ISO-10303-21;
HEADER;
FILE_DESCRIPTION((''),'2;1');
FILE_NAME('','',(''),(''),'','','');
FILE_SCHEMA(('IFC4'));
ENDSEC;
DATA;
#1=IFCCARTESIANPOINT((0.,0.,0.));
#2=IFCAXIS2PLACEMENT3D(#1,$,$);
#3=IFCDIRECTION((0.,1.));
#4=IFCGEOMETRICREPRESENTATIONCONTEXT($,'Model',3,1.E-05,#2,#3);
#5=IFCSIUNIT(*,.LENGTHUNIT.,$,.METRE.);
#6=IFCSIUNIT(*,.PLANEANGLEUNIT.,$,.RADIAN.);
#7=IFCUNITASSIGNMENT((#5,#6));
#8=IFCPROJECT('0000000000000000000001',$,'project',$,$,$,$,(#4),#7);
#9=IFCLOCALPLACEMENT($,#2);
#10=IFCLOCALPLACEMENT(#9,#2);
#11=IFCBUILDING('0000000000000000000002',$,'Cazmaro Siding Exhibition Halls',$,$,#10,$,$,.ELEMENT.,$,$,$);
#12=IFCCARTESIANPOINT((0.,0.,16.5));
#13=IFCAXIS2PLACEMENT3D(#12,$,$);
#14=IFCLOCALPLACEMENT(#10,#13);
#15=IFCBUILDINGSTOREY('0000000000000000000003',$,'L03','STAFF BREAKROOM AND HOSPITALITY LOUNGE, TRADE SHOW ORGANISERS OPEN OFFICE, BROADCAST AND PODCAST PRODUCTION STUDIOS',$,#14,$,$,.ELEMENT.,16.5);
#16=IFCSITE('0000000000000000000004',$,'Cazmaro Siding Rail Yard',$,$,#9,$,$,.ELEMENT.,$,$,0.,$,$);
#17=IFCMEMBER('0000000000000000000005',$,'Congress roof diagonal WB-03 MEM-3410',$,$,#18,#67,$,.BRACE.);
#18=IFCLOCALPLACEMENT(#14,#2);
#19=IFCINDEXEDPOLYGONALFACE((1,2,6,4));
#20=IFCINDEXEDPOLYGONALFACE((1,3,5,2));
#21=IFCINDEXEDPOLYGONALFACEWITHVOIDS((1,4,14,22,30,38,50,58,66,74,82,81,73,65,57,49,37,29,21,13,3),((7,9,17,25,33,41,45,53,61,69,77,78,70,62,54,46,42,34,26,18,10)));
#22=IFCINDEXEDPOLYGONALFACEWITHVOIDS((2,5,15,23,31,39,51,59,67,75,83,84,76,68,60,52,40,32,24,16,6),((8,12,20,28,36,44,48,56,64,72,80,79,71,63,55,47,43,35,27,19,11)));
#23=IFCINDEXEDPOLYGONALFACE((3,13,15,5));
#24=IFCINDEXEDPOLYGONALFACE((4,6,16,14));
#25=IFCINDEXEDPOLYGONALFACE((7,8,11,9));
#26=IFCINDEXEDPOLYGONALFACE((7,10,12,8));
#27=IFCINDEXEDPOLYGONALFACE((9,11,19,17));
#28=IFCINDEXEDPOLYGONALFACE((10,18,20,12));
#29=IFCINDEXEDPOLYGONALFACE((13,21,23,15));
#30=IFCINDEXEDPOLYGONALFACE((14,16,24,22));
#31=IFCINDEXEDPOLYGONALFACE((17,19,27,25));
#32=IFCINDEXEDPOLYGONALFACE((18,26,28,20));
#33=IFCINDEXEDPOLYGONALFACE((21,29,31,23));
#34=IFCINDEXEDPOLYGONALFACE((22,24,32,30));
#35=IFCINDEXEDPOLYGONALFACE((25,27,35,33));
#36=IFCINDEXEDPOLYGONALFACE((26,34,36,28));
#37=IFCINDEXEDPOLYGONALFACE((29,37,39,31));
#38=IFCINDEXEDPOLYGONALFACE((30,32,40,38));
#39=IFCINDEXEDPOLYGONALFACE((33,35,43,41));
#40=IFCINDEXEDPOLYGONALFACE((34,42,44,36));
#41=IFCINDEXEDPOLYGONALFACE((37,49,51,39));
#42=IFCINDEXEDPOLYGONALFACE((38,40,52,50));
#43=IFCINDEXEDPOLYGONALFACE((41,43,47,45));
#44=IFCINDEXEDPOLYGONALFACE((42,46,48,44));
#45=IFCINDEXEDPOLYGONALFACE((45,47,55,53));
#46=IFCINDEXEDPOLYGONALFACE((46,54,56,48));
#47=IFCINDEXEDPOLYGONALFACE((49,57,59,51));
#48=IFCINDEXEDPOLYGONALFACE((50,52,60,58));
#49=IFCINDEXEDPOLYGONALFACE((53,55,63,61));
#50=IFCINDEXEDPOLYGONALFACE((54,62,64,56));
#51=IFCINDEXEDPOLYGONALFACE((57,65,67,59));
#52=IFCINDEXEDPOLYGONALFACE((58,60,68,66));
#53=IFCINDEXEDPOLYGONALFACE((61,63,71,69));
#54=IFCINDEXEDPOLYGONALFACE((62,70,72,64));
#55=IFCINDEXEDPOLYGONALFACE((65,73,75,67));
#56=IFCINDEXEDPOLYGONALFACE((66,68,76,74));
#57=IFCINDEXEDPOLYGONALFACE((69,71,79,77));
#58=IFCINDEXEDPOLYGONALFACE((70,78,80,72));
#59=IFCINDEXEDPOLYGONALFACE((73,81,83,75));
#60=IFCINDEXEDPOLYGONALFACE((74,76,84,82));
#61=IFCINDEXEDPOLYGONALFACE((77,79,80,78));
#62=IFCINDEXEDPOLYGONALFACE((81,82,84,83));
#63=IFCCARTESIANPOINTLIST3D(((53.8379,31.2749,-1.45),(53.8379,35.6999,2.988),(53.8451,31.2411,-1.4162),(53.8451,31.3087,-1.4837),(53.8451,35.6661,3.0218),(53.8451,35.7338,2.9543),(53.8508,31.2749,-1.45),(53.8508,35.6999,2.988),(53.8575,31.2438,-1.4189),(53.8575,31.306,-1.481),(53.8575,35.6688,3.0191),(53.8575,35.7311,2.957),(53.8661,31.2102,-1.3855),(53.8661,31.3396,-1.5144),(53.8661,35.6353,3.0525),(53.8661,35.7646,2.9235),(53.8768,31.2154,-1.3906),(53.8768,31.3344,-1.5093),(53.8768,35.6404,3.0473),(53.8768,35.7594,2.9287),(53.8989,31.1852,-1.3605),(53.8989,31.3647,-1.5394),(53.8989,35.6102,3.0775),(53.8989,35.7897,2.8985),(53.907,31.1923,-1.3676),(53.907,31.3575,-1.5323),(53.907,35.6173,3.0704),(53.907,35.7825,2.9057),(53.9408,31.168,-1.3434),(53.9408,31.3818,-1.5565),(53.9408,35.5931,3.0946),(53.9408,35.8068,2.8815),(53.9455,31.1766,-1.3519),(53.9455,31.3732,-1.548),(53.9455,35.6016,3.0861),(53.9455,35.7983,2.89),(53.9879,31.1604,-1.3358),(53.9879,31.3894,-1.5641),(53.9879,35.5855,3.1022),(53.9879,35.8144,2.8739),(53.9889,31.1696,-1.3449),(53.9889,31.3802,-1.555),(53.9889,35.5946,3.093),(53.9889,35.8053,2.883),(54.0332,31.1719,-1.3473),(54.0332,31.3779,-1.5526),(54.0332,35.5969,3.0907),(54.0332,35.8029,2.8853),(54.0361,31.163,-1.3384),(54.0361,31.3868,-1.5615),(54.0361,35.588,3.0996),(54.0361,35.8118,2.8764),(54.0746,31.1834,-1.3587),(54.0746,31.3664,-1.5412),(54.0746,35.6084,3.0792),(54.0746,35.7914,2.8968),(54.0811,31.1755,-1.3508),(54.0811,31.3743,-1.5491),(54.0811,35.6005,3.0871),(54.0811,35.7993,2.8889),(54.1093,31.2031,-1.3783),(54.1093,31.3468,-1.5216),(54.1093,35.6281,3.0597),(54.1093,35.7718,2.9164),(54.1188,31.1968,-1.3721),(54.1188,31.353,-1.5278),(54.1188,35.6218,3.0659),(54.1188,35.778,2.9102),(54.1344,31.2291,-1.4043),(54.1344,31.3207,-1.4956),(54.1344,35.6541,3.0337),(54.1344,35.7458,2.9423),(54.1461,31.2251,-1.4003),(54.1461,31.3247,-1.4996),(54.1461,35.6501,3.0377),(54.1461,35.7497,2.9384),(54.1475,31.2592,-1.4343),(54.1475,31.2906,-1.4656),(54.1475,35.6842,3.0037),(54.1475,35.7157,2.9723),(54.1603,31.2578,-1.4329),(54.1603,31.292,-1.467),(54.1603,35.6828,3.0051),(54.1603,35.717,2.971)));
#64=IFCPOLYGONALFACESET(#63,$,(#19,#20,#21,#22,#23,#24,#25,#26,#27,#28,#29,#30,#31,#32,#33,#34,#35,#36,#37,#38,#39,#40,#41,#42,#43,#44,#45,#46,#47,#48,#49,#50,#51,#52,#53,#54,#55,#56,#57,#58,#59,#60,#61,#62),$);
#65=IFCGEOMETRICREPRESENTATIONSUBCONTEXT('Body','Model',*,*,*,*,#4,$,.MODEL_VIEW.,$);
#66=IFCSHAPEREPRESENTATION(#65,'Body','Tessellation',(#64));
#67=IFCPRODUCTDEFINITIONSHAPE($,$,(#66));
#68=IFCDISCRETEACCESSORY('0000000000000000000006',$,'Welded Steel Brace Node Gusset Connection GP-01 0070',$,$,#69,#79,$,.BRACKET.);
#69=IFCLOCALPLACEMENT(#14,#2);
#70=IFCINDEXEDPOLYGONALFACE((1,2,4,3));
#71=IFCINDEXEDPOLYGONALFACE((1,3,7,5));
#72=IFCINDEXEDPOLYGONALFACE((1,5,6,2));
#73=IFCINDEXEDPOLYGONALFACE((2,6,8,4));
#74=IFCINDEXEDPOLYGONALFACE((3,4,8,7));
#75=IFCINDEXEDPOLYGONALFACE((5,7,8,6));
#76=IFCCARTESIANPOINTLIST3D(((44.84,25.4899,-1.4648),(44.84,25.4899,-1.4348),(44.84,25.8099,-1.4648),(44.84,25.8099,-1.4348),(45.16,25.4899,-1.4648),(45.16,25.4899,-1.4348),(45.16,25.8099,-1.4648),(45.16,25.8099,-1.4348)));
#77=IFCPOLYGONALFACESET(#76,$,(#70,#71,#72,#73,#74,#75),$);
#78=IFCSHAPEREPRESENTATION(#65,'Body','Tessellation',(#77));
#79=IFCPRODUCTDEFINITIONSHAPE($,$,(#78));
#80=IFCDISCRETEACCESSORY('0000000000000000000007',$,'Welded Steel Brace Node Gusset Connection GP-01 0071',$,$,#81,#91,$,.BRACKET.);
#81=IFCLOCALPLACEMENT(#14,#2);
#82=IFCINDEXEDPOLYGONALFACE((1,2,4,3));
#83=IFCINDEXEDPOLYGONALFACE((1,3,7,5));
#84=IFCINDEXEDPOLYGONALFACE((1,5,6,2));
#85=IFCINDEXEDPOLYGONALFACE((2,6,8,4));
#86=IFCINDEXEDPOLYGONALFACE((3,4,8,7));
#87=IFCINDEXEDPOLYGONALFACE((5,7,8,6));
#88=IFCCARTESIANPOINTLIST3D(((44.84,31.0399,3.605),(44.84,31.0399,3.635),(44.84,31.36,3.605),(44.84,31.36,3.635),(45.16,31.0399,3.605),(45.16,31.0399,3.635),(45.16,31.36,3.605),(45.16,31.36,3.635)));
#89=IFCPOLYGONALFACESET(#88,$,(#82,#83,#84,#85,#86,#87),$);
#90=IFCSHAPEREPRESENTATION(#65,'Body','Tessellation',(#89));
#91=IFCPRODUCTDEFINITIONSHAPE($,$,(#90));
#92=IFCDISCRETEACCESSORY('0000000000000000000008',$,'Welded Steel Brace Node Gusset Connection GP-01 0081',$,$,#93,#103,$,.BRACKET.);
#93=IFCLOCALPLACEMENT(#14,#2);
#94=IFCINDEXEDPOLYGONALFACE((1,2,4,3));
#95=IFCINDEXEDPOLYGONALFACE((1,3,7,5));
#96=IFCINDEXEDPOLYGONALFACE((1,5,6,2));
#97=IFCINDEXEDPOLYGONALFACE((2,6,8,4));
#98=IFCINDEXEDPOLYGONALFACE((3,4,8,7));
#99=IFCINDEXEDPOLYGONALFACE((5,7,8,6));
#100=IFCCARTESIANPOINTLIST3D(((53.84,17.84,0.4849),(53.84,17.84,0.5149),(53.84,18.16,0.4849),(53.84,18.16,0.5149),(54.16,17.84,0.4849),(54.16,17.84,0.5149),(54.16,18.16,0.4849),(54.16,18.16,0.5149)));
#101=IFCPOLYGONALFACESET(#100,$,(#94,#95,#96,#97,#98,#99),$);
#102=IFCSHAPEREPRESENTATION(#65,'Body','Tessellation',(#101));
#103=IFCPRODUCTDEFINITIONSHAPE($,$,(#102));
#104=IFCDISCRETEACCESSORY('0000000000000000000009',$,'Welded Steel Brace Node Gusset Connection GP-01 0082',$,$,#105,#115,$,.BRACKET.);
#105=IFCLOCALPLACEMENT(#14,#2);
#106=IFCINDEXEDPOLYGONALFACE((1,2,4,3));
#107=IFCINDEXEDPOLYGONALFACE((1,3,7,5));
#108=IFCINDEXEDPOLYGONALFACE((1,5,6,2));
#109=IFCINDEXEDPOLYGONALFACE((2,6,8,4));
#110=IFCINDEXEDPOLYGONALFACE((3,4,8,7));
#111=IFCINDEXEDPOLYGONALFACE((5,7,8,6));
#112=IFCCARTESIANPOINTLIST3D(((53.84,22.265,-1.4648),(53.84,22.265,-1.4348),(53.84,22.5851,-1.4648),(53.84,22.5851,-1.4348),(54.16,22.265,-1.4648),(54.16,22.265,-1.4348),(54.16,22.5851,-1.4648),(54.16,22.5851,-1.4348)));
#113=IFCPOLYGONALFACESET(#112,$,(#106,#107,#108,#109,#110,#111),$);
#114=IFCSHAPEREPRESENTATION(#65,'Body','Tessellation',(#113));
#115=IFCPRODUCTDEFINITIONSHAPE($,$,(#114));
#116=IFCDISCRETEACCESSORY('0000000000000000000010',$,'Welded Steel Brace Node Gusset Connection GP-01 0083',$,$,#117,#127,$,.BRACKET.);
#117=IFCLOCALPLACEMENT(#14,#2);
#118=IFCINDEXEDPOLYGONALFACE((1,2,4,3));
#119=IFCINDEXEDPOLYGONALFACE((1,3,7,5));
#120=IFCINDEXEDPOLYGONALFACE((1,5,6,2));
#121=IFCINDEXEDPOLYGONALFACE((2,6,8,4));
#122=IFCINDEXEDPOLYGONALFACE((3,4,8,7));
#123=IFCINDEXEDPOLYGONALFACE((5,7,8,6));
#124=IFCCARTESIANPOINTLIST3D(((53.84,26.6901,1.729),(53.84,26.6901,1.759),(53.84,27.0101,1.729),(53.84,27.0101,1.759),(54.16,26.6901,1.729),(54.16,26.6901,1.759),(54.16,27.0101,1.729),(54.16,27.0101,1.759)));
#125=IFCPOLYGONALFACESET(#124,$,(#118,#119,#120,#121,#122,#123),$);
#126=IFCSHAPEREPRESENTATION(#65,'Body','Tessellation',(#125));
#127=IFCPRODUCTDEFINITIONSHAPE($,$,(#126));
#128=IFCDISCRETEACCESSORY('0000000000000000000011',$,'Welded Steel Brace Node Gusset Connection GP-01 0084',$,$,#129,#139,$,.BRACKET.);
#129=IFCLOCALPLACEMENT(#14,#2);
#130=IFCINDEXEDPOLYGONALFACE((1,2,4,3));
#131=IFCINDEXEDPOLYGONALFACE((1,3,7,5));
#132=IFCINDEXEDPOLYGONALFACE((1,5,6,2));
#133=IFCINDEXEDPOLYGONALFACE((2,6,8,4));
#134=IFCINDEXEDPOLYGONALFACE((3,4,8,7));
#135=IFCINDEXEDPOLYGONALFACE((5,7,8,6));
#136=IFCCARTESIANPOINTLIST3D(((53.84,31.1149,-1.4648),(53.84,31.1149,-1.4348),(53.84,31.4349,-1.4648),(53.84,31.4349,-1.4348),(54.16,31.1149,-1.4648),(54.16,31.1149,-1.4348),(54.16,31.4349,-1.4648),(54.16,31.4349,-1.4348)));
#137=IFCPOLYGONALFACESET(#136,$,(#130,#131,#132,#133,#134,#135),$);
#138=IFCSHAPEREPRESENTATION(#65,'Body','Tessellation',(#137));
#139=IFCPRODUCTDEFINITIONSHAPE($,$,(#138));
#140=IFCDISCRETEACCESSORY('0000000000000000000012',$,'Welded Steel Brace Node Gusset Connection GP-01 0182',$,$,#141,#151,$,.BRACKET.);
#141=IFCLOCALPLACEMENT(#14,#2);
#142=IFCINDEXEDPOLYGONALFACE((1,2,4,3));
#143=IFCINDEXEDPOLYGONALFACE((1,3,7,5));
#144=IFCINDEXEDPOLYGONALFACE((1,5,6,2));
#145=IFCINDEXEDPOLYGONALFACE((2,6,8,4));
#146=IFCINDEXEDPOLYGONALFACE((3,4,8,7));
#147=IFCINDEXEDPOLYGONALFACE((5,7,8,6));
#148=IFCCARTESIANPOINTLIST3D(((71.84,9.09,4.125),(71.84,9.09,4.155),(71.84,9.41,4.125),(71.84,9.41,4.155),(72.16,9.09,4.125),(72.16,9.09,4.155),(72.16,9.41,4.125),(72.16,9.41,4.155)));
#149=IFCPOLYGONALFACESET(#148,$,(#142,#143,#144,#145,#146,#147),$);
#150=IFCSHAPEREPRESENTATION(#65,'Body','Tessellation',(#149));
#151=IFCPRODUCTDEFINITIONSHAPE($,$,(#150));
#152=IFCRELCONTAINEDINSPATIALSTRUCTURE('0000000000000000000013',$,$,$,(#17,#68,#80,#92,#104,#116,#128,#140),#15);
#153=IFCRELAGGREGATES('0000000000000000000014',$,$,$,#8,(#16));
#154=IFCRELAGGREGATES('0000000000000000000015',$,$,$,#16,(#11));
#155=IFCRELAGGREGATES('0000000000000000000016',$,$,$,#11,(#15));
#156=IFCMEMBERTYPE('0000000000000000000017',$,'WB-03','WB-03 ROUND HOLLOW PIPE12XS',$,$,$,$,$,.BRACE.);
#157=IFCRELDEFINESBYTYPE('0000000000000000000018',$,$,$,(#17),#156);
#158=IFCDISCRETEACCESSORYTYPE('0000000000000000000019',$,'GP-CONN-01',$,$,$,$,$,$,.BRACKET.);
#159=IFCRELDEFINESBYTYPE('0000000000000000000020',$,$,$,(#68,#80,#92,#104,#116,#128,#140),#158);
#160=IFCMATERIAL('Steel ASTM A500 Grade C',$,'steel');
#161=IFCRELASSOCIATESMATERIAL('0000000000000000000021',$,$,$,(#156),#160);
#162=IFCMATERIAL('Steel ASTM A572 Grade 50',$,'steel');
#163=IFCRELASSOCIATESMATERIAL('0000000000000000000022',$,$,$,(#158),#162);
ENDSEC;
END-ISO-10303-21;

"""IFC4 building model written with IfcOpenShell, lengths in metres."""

from ifc_helpers import new_model, si_unit, direction, frame, origin, origin_2d, place, context, subcontext, project, spatial, rectangle, hollow_circle, extrude, material, material_profile, profile_set, type_object, element, save


model = new_model("IFC4")

# Units and contexts
model_context = context("Model", 3, precision=1e-05, world=origin(), true_north=direction((0.0, 1.0)))
body_context = subcontext(model_context, "Body", "Model", "MODEL_VIEW")
ifc_project = project(units=[si_unit("LENGTHUNIT", "METRE"), si_unit("PLANEANGLEUNIT", "RADIAN")], contexts=[model_context])

# Site, building, storey
site_placement = place(None, origin())
site = spatial("IfcSite", under=ifc_project, at=site_placement, Name="Cazmaro Siding Rail Yard", CompositionType="ELEMENT", RefElevation=0.0)
building_placement = place(site_placement, origin())
building = spatial("IfcBuilding", under=site, at=building_placement, Name="Cazmaro Siding Exhibition Halls", CompositionType="ELEMENT")
storey_placement = place(building_placement, frame((0.0, 0.0, 16.5)))
storey = spatial("IfcBuildingStorey", under=building, at=storey_placement, Name="L03", Description="STAFF BREAKROOM AND HOSPITALITY LOUNGE, TRADE SHOW ORGANISERS OPEN OFFICE, BROADCAST AND PODCAST PRODUCTION STUDIOS", CompositionType="ELEMENT", Elevation=16.5)

# Member
ifc_material_1 = material(Name="Steel ASTM A500 Grade C", Category="steel")
ifc_material_profile_1 = material_profile(ifc_material_1, hollow_circle(Radius=0.1621, WallThickness=0.0129, at=origin_2d()), Name="PIPE12XS")
ifc_profile_set_1 = profile_set([ifc_material_profile_1], Name="Steel ASTM A500 Grade C")
member_type_1 = type_object("IfcMemberType", Name="WB-03", Description="WB-03 ROUND HOLLOW PIPE12XS", PredefinedType="BRACE", material=ifc_profile_set_1)
member_1_placement = place(storey_placement, frame((54.0, 31.2749, -1.45), z_axis=(0.0, 0.706074, 0.708138), x_axis=(-1.0, 0.0, 0.0)))
element("IfcMember", 1, at=member_1_placement, inside=storey, type_object=member_type_1, Name="Congress roof diagonal WB-03 MEM-3410", PredefinedType="BRACE", context=body_context, shape_type="SweptSolid", body=[
    extrude(hollow_circle(Radius=0.1621, WallThickness=0.0129, at=origin_2d()), origin(), (0.0, 0.0, 1.0), 6.2671),
])

# Discrete accessories
ifc_material_2 = material(Name="Steel ASTM A572 Grade 50", Category="steel")
discrete_accessory_type = type_object("IfcDiscreteAccessoryType", Name="GP-CONN-01", PredefinedType="BRACKET", material=ifc_material_2)
for number, where, z_axis, x_axis, name in (
    (2, (45.0, 25.6499, -1.4648), (0.0, 0.0, 1.0), (1.0, 0.0, 0.0), "Welded Steel Brace Node Gusset Connection GP-01 0070"),
    (3, (45.0, 31.2, 3.605), (0.0, 0.0, 1.0), (1.0, 0.0, 0.0), "Welded Steel Brace Node Gusset Connection GP-01 0071"),
    (4, (54.0, 18.0, 0.4849), (0.0, 0.0, 1.0), (1.0, 0.0, 0.0), "Welded Steel Brace Node Gusset Connection GP-01 0081"),
    (5, (54.0, 22.425, -1.4648), (0.0, 0.0, 1.0), (1.0, 0.0, 0.0), "Welded Steel Brace Node Gusset Connection GP-01 0082"),
    (6, (54.0, 26.8501, 1.729), (0.0, 0.0, 1.0), (1.0, 0.0, 0.0), "Welded Steel Brace Node Gusset Connection GP-01 0083"),
    (7, (54.0, 31.2749, -1.4648), (0.0, 0.0, 1.0), (1.0, 0.0, 0.0), "Welded Steel Brace Node Gusset Connection GP-01 0084"),
    (8, (72.0, 9.25, 4.125), (0.0, 0.0, 1.0), (1.0, 0.0, 0.0), "Welded Steel Brace Node Gusset Connection GP-01 0182"),
):
    element("IfcDiscreteAccessory", number, at=place(storey_placement, frame(where, z_axis=z_axis, x_axis=x_axis)), inside=storey, type_object=discrete_accessory_type, Name=name, PredefinedType="BRACKET", context=body_context, shape_type="SweptSolid", body=[
        extrude(rectangle(XDim=0.3201, YDim=0.3201, at=origin_2d()), origin(), (0.0, 0.0, 1.0), 0.03),
    ])

save(model, "model.ifc")
